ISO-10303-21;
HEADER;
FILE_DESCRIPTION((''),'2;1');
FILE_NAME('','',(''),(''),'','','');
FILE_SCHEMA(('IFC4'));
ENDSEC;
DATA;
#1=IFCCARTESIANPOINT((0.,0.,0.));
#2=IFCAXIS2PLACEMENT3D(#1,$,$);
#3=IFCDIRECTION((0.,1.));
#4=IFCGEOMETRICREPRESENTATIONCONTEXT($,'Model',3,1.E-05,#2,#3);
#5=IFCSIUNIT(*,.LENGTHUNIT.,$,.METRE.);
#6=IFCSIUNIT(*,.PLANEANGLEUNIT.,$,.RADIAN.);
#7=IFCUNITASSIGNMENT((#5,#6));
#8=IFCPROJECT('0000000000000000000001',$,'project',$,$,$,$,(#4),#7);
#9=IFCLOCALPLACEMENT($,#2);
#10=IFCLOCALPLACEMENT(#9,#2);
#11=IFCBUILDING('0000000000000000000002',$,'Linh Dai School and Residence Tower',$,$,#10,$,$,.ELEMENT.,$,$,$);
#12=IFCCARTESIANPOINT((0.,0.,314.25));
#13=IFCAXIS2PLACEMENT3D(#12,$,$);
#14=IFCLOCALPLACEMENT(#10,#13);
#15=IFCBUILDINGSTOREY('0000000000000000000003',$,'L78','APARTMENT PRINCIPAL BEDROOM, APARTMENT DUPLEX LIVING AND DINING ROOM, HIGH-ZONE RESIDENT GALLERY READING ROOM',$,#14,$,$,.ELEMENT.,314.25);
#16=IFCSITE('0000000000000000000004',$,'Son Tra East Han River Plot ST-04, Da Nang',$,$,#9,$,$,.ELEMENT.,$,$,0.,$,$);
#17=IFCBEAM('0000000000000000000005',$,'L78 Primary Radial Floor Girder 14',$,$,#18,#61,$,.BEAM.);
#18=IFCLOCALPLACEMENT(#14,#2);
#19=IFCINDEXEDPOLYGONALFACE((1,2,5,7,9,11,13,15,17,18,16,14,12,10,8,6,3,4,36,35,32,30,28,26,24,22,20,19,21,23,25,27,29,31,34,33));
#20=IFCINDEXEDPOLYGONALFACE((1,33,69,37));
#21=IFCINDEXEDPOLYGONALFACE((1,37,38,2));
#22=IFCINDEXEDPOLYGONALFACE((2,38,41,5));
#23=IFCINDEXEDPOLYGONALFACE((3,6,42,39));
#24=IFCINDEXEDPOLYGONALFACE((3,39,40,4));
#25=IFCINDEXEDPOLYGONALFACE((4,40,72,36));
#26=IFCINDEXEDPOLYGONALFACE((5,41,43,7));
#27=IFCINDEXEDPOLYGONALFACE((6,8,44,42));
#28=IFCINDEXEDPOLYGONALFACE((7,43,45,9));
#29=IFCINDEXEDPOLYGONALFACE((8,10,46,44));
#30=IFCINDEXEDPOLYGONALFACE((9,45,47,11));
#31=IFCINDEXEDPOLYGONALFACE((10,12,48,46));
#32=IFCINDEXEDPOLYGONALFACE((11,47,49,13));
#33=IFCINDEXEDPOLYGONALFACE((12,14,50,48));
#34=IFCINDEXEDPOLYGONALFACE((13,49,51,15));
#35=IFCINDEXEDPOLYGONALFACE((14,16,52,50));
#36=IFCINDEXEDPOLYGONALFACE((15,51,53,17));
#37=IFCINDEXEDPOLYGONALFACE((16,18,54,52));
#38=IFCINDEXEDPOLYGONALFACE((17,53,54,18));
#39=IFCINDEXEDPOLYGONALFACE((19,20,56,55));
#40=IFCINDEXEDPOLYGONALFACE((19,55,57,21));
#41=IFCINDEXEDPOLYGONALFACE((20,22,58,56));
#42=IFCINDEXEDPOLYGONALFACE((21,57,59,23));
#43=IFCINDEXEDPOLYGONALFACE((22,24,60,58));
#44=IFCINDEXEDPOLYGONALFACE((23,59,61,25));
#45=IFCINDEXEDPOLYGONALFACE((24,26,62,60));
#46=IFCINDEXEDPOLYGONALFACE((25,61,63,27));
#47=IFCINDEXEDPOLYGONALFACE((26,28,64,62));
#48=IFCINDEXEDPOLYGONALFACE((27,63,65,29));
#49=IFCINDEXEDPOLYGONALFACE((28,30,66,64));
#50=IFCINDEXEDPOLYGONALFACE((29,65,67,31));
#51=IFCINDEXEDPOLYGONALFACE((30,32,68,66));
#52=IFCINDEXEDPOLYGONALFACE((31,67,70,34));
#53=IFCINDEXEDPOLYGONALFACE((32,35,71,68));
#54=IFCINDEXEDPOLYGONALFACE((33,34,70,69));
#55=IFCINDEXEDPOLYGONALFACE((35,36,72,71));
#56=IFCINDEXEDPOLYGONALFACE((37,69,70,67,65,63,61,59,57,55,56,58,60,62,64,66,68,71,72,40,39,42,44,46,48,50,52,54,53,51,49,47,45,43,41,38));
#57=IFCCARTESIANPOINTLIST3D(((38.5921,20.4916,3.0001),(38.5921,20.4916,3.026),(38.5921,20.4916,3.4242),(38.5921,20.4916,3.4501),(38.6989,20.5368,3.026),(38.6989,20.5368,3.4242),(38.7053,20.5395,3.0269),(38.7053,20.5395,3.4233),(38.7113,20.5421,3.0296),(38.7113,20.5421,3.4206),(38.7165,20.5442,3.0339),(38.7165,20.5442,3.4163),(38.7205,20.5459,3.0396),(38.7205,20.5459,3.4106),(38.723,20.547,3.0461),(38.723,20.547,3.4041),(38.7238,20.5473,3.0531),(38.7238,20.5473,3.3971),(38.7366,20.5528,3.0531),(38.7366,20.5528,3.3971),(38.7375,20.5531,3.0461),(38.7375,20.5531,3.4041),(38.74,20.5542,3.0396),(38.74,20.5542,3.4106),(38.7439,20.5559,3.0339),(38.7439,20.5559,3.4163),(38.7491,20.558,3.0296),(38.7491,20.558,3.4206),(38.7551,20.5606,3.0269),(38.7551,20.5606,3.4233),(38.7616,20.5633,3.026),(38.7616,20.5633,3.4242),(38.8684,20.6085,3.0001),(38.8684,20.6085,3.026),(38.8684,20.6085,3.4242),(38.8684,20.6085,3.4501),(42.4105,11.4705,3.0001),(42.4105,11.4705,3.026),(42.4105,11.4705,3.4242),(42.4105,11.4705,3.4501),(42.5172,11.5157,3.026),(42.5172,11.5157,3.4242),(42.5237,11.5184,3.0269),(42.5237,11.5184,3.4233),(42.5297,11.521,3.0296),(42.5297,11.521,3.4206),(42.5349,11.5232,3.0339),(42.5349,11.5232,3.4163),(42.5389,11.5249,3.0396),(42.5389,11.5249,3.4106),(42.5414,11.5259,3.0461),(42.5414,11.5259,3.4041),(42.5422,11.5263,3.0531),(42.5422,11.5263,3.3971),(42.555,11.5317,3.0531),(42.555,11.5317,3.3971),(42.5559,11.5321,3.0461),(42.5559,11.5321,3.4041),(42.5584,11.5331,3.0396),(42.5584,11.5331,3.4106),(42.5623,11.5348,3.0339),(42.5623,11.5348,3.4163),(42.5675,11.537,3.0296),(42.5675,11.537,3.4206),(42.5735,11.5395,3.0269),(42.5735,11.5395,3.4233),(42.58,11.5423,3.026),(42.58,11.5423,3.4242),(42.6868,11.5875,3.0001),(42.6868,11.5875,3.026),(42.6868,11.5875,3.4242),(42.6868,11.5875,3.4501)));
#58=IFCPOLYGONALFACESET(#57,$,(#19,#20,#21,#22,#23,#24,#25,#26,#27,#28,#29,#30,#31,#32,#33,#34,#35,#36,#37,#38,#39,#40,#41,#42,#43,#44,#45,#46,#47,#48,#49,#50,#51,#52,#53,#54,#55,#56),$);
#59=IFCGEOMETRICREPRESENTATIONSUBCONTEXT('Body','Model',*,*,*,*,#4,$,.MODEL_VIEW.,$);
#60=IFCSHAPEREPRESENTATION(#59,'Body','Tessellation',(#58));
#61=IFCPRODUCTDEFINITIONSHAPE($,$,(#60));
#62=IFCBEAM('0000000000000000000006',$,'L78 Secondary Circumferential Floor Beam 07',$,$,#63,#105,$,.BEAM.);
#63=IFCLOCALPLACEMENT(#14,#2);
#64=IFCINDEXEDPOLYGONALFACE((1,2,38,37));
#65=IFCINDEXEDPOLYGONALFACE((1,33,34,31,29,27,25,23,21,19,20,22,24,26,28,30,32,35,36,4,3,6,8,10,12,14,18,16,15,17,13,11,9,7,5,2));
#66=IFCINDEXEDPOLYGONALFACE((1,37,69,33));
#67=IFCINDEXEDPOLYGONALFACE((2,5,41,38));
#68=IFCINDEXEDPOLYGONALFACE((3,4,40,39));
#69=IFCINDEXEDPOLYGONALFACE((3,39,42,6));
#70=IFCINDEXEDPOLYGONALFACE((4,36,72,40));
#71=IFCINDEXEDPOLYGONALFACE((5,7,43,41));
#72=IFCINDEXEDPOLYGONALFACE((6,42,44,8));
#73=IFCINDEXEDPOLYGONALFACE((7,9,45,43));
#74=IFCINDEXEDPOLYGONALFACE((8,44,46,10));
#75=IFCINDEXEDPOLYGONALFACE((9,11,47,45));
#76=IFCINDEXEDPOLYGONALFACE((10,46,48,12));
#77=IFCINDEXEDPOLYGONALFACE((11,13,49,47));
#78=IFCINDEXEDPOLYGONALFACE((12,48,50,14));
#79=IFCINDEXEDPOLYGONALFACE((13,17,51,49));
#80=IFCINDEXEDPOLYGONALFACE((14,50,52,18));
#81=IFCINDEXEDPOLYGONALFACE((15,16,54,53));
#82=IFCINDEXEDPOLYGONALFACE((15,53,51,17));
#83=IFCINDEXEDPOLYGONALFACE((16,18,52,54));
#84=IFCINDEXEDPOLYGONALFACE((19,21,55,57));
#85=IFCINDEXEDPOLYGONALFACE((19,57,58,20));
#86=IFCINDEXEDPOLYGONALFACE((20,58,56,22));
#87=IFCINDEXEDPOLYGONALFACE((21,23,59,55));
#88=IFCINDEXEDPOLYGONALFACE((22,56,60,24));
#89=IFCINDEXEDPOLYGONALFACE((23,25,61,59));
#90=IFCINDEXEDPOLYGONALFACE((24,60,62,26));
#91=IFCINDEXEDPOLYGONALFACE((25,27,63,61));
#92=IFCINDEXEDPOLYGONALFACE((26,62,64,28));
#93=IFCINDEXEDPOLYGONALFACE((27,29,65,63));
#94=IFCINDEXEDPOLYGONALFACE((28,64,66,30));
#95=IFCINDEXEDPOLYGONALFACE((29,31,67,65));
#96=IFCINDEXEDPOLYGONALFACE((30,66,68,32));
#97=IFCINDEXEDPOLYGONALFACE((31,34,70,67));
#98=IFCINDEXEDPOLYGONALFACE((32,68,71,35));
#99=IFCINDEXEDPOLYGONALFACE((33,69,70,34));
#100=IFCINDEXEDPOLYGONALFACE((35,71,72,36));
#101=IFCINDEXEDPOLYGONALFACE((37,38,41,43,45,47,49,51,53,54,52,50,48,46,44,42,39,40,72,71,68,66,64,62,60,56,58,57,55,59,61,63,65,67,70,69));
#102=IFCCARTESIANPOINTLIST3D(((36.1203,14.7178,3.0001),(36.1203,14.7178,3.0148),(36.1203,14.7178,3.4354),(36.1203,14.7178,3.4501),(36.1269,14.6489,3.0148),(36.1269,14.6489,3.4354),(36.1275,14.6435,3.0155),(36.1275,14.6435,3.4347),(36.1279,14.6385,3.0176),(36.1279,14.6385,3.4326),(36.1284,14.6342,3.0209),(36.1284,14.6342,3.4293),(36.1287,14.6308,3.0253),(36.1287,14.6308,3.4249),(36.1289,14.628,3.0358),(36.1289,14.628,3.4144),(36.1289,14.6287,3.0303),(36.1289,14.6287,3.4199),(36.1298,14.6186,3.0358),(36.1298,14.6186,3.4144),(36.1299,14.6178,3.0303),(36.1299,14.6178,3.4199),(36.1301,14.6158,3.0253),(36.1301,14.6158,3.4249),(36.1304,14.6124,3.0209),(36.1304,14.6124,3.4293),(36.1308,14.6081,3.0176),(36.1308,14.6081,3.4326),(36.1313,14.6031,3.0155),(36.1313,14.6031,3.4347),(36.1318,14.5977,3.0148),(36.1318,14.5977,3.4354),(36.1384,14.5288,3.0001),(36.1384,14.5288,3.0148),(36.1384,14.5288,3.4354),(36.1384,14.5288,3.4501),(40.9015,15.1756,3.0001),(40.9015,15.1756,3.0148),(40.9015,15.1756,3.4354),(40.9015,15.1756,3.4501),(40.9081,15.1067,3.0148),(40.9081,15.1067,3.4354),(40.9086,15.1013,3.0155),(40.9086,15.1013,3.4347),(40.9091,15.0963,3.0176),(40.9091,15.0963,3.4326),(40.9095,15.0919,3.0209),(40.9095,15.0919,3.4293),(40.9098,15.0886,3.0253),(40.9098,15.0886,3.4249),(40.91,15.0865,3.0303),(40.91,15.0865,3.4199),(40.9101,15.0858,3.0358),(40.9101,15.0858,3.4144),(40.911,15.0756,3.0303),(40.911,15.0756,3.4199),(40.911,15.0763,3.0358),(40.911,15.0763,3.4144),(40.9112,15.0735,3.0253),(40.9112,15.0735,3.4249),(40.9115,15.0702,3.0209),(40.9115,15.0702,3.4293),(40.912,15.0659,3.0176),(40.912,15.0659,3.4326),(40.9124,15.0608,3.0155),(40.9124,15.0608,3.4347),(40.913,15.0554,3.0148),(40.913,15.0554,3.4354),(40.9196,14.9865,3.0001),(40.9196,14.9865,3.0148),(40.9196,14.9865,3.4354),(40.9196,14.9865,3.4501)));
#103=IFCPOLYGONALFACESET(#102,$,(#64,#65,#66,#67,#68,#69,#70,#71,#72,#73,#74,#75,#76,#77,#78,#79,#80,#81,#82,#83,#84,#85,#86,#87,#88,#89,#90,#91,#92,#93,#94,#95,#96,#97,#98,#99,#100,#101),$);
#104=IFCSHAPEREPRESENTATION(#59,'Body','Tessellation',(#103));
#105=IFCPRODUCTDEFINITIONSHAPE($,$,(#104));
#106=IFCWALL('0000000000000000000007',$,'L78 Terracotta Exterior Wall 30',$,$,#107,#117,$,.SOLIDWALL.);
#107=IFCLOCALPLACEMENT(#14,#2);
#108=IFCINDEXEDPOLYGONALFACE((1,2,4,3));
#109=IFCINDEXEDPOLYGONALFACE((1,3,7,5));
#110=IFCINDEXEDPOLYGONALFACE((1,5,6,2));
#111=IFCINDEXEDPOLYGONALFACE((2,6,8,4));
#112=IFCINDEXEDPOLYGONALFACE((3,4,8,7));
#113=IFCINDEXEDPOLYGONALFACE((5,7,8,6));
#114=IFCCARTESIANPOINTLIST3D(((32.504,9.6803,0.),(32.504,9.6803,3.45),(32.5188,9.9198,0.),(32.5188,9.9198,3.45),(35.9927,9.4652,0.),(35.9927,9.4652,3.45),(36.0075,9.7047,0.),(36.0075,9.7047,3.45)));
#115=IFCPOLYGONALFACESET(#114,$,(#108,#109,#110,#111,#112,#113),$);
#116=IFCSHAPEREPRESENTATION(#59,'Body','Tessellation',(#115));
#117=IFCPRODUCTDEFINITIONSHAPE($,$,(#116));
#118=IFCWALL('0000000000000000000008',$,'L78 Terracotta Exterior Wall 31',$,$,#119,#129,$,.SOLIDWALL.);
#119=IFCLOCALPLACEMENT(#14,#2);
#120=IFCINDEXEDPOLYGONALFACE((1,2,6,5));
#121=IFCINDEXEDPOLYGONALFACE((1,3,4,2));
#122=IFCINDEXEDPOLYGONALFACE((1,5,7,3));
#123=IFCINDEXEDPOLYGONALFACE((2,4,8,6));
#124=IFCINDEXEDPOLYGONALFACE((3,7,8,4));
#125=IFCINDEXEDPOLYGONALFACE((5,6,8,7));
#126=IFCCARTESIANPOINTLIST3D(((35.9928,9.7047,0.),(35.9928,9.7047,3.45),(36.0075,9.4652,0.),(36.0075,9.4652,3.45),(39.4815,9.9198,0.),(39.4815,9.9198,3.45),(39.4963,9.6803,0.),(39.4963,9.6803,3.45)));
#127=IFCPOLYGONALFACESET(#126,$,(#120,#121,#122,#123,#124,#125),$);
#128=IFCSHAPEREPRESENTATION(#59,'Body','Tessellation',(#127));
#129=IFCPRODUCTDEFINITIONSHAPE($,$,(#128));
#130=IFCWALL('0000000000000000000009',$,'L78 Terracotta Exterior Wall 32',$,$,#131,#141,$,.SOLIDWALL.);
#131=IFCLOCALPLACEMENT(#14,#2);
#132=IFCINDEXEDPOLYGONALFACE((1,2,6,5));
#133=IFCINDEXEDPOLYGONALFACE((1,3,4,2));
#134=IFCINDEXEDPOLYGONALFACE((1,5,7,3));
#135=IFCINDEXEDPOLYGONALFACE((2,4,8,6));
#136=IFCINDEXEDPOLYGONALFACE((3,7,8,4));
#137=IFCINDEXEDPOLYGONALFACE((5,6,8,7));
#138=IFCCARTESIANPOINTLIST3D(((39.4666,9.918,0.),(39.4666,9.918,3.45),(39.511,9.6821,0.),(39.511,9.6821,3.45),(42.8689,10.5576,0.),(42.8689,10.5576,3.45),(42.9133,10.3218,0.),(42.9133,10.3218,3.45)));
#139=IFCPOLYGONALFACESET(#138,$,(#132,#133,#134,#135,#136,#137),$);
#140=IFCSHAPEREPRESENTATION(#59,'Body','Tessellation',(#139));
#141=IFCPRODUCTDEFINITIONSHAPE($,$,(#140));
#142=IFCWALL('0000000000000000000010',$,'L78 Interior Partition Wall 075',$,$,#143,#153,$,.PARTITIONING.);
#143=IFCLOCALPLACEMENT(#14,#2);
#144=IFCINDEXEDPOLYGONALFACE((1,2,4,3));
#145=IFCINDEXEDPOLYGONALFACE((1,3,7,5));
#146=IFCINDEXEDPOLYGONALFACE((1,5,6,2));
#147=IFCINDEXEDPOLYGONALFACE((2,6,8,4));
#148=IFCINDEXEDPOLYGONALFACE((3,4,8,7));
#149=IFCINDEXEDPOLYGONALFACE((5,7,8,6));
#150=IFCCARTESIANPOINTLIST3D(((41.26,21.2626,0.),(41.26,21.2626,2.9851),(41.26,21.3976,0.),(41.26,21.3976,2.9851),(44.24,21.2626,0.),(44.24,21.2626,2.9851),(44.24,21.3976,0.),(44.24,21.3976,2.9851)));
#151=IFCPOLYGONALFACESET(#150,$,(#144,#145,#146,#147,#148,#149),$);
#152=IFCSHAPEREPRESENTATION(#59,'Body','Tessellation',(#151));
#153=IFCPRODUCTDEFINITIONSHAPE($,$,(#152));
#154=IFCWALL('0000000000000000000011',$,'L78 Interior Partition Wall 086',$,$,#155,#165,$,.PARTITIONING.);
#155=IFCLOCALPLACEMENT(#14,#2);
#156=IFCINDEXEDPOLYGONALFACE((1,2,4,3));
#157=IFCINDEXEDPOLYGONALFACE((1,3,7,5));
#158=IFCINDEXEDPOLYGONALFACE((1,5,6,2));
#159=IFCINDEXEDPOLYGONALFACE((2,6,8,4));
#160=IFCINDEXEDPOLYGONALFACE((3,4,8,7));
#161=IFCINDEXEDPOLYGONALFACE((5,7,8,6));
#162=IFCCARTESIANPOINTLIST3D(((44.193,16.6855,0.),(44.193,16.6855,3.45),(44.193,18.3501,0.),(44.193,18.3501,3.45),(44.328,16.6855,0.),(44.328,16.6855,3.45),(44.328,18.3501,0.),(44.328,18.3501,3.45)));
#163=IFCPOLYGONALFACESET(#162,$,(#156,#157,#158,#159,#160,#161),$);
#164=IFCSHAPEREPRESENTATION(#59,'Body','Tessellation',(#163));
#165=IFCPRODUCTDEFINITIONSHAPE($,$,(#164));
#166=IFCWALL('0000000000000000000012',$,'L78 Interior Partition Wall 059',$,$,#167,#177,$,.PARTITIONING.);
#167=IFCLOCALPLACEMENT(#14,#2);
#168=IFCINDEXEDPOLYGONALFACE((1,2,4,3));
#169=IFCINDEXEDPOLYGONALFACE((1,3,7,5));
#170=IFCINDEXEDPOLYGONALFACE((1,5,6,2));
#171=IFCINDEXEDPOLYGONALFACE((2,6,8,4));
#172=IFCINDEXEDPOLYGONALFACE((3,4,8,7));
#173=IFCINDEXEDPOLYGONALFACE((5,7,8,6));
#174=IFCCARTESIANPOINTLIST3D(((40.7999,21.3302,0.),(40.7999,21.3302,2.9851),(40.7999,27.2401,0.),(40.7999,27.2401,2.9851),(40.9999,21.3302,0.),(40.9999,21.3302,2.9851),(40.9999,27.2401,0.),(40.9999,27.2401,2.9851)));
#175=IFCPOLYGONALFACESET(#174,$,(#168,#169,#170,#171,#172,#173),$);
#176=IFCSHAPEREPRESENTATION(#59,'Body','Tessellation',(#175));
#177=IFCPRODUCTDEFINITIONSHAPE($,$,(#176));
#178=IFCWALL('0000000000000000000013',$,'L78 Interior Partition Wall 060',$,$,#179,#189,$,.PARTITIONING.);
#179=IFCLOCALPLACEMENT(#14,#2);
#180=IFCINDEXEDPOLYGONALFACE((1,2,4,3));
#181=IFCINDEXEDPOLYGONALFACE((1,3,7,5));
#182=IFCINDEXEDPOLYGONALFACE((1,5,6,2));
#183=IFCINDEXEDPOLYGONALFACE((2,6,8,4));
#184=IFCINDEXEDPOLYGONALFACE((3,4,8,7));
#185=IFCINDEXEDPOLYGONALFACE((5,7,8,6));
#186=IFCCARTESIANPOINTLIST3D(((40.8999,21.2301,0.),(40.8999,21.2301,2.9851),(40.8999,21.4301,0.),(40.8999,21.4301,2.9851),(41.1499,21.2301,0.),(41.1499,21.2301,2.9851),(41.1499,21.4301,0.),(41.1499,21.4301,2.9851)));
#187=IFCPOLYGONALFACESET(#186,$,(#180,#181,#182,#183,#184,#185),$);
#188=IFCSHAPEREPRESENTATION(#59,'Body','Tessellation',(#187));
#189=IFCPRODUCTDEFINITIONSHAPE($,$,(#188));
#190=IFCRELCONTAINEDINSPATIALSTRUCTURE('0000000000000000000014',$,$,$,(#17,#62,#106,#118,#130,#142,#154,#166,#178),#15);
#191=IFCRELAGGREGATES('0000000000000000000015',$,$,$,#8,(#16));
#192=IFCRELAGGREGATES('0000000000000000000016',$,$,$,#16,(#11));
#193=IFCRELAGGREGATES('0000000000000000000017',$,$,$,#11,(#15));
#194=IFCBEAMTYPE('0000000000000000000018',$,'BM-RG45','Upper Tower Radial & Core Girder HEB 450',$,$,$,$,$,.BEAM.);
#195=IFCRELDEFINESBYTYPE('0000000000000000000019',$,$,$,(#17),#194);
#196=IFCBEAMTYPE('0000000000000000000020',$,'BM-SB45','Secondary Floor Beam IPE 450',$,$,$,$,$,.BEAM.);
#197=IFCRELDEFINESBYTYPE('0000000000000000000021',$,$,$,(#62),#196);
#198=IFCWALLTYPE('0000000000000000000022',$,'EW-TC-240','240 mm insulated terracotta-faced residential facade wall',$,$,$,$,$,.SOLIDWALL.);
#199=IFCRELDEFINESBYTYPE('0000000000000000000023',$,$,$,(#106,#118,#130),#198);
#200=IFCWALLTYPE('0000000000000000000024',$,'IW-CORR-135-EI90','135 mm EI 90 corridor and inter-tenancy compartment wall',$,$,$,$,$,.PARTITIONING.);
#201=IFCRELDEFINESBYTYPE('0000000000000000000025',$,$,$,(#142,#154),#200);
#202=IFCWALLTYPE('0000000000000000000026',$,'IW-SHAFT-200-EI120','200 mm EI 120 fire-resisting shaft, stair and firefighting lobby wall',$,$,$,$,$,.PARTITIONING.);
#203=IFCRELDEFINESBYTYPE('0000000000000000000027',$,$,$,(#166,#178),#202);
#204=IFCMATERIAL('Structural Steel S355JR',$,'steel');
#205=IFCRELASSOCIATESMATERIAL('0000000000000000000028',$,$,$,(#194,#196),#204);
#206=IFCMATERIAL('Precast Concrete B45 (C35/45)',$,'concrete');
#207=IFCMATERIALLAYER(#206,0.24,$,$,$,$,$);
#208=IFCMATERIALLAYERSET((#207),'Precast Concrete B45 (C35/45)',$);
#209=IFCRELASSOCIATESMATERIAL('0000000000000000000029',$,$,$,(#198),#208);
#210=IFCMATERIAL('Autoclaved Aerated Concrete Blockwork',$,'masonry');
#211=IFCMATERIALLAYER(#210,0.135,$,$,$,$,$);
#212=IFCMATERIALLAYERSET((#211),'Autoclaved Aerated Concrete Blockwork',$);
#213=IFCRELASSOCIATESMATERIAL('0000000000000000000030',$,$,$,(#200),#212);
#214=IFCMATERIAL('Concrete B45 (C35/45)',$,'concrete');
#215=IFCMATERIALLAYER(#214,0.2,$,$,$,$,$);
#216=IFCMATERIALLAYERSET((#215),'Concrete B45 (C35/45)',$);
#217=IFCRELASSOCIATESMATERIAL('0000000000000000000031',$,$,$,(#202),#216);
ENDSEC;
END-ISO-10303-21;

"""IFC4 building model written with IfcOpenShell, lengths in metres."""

from ifc_helpers import new_model, si_unit, direction, frame, frame_2d, origin, origin_2d, place, context, subcontext, project, spatial, rectangle, i_section, extrude, material, layer, layer_set, material_profile, profile_set, type_object, element, save


model = new_model("IFC4")

# Units and contexts
model_context = context("Model", 3, precision=1e-05, world=origin(), true_north=direction((0.0, 1.0)))
body_context = subcontext(model_context, "Body", "Model", "MODEL_VIEW")
ifc_project = project(units=[si_unit("LENGTHUNIT", "METRE"), si_unit("PLANEANGLEUNIT", "RADIAN")], contexts=[model_context])

# Site, building, storey
site_placement = place(None, origin())
site = spatial("IfcSite", under=ifc_project, at=site_placement, Name="Son Tra East Han River Plot ST-04, Da Nang", CompositionType="ELEMENT", RefElevation=0.0)
building_placement = place(site_placement, origin())
building = spatial("IfcBuilding", under=site, at=building_placement, Name="Linh Dai School and Residence Tower", CompositionType="ELEMENT")
storey_placement = place(building_placement, frame((0.0, 0.0, 314.25)))
storey = spatial("IfcBuildingStorey", under=building, at=storey_placement, Name="L78", Description="APARTMENT PRINCIPAL BEDROOM, APARTMENT DUPLEX LIVING AND DINING ROOM, HIGH-ZONE RESIDENT GALLERY READING ROOM", CompositionType="ELEMENT", Elevation=314.25)

# Shared definitions
ifc_material_1 = material(Name="Structural Steel S355JR", Category="steel")

# Beams
ifc_material_profile_1 = material_profile(ifc_material_1, i_section(OverallWidth=0.3, OverallDepth=0.45, WebThickness=0.0139, FlangeThickness=0.0259, FilletRadius=0.0271, at=origin_2d()), Name="HEB 450")
ifc_profile_set_1 = profile_set([ifc_material_profile_1], Name="Structural Steel S355JR")
beam_type_1 = type_object("IfcBeamType", Name="BM-RG45", Description="Upper Tower Radial & Core Girder HEB 450", PredefinedType="BEAM", material=ifc_profile_set_1)
beam_1_placement = place(storey_placement, frame((38.7302, 20.55, 3.2251), z_axis=(0.389794, -0.920902, 0.0), x_axis=(0.920902, 0.389794, 0.0)))
element("IfcBeam", 1, at=beam_1_placement, inside=storey, type_object=beam_type_1, Name="L78 Primary Radial Floor Girder 14", PredefinedType="BEAM", context=body_context, shape_type="SweptSolid", body=[
    extrude(i_section(OverallWidth=0.3, OverallDepth=0.45, WebThickness=0.0139, FlangeThickness=0.0259, FilletRadius=0.0271, at=origin_2d()), origin(), (0.0, 0.0, 1.0), 9.7959),
])
ifc_material_profile_2 = material_profile(ifc_material_1, i_section(OverallWidth=0.1899, OverallDepth=0.45, WebThickness=0.0095, FlangeThickness=0.0146, FilletRadius=0.021, at=origin_2d()), Name="IPE 450")
ifc_profile_set_2 = profile_set([ifc_material_profile_2], Name="Structural Steel S355JR")
beam_type_2 = type_object("IfcBeamType", Name="BM-SB45", Description="Secondary Floor Beam IPE 450", PredefinedType="BEAM", material=ifc_profile_set_2)
beam_2_placement = place(storey_placement, frame((36.1294, 14.6233, 3.2251), z_axis=(0.995448, 0.09531, 0.0), x_axis=(-0.09531, 0.995448, 0.0)))
element("IfcBeam", 2, at=beam_2_placement, inside=storey, type_object=beam_type_2, Name="L78 Secondary Circumferential Floor Beam 07", PredefinedType="BEAM", context=body_context, shape_type="SweptSolid", body=[
    extrude(i_section(OverallWidth=0.1899, OverallDepth=0.45, WebThickness=0.0095, FlangeThickness=0.0146, FilletRadius=0.021, at=origin_2d()), origin(), (0.0, 0.0, 1.0), 4.803),
])

# Walls
ifc_material_2 = material(Name="Precast Concrete B45 (C35/45)", Category="concrete")
ifc_layer_1 = layer(ifc_material_2, 0.24)
ifc_layer_set_1 = layer_set([ifc_layer_1], Name="Precast Concrete B45 (C35/45)")
wall_type_1 = type_object("IfcWallType", Name="EW-TC-240", Description="240 mm insulated terracotta-faced residential facade wall", PredefinedType="SOLIDWALL", material=ifc_layer_set_1)
for number, where, z_axis, x_axis, name in (
    (3, (36.0, 9.585, 0.0), (0.0, 0.0, 1.0), (-0.998105, 0.061535, 0.0), "L78 Terracotta Exterior Wall 30"),
    (4, (39.4888, 9.8, 0.0), (0.0, 0.0, 1.0), (-0.998105, -0.061535, 0.0), "L78 Terracotta Exterior Wall 31"),
):
    element("IfcWall", number, at=place(storey_placement, frame(where, z_axis=z_axis, x_axis=x_axis)), inside=storey, type_object=wall_type_1, Name=name, PredefinedType="SOLIDWALL", context=body_context, shape_type="SweptSolid", body=[
        extrude(rectangle(XDim=3.4954, YDim=0.24, at=frame_2d((1.7476, 0.0))), origin(), (0.0, 0.0, 1.0), 3.45),
    ])
wall_1_placement = place(storey_placement, frame((42.8911, 10.4397, 0.0), z_axis=(0.0, 0.0, 1.0), x_axis=(-0.982783, -0.184765, 0.0)))
element("IfcWall", 5, at=wall_1_placement, inside=storey, type_object=wall_type_1, Name="L78 Terracotta Exterior Wall 32", PredefinedType="SOLIDWALL", context=body_context, shape_type="SweptSolid", body=[
    extrude(rectangle(XDim=3.4619, YDim=0.24, at=frame_2d((1.731, 0.0))), origin(), (0.0, 0.0, 1.0), 3.45),
])
ifc_material_3 = material(Name="Autoclaved Aerated Concrete Blockwork", Category="masonry")
ifc_layer_2 = layer(ifc_material_3, 0.135)
ifc_layer_set_2 = layer_set([ifc_layer_2], Name="Autoclaved Aerated Concrete Blockwork")
wall_type_2 = type_object("IfcWallType", Name="IW-CORR-135-EI90", Description="135 mm EI 90 corridor and inter-tenancy compartment wall", PredefinedType="PARTITIONING", material=ifc_layer_set_2)
wall_2_placement = place(storey_placement, frame((44.24, 21.3301, 0.0), z_axis=(0.0, 0.0, 1.0), x_axis=(-1.0, 0.0, 0.0)))
element("IfcWall", 6, at=wall_2_placement, inside=storey, type_object=wall_type_2, Name="L78 Interior Partition Wall 075", PredefinedType="PARTITIONING", context=body_context, shape_type="SweptSolid", body=[
    extrude(rectangle(XDim=2.98, YDim=0.135, at=frame_2d((1.49, 0.0))), origin(), (0.0, 0.0, 1.0), 2.9851),
])
wall_3_placement = place(storey_placement, frame((44.2605, 18.3501, 0.0), z_axis=(0.0, 0.0, 1.0), x_axis=(0.0, -1.0, 0.0)))
element("IfcWall", 7, at=wall_3_placement, inside=storey, type_object=wall_type_2, Name="L78 Interior Partition Wall 086", PredefinedType="PARTITIONING", context=body_context, shape_type="SweptSolid", body=[
    extrude(rectangle(XDim=1.6646, YDim=0.135, at=frame_2d((0.8323, 0.0))), origin(), (0.0, 0.0, 1.0), 3.45),
])
ifc_material_4 = material(Name="Concrete B45 (C35/45)", Category="concrete")
ifc_layer_3 = layer(ifc_material_4, 0.2)
ifc_layer_set_3 = layer_set([ifc_layer_3], Name="Concrete B45 (C35/45)")
wall_type_3 = type_object("IfcWallType", Name="IW-SHAFT-200-EI120", Description="200 mm EI 120 fire-resisting shaft, stair and firefighting lobby wall", PredefinedType="PARTITIONING", material=ifc_layer_set_3)
wall_4_placement = place(storey_placement, frame((40.8999, 21.3301, 0.0), z_axis=(0.0, 0.0, 1.0), x_axis=(0.0, 1.0, 0.0)))
element("IfcWall", 8, at=wall_4_placement, inside=storey, type_object=wall_type_3, Name="L78 Interior Partition Wall 059", PredefinedType="PARTITIONING", context=body_context, shape_type="SweptSolid", body=[
    extrude(rectangle(XDim=5.9099, YDim=0.2, at=frame_2d((2.9551, 0.0))), origin(), (0.0, 0.0, 1.0), 2.9851),
])
wall_5_placement = place(storey_placement, frame((40.8999, 21.3301, 0.0), z_axis=(0.0, 0.0, 1.0), x_axis=(1.0, 0.0, 0.0)))
element("IfcWall", 9, at=wall_5_placement, inside=storey, type_object=wall_type_3, Name="L78 Interior Partition Wall 060", PredefinedType="PARTITIONING", context=body_context, shape_type="SweptSolid", body=[
    extrude(rectangle(XDim=0.25, YDim=0.2, at=frame_2d((0.125, 0.0))), origin(), (0.0, 0.0, 1.0), 2.9851),
])

save(model, "model.ifc")
